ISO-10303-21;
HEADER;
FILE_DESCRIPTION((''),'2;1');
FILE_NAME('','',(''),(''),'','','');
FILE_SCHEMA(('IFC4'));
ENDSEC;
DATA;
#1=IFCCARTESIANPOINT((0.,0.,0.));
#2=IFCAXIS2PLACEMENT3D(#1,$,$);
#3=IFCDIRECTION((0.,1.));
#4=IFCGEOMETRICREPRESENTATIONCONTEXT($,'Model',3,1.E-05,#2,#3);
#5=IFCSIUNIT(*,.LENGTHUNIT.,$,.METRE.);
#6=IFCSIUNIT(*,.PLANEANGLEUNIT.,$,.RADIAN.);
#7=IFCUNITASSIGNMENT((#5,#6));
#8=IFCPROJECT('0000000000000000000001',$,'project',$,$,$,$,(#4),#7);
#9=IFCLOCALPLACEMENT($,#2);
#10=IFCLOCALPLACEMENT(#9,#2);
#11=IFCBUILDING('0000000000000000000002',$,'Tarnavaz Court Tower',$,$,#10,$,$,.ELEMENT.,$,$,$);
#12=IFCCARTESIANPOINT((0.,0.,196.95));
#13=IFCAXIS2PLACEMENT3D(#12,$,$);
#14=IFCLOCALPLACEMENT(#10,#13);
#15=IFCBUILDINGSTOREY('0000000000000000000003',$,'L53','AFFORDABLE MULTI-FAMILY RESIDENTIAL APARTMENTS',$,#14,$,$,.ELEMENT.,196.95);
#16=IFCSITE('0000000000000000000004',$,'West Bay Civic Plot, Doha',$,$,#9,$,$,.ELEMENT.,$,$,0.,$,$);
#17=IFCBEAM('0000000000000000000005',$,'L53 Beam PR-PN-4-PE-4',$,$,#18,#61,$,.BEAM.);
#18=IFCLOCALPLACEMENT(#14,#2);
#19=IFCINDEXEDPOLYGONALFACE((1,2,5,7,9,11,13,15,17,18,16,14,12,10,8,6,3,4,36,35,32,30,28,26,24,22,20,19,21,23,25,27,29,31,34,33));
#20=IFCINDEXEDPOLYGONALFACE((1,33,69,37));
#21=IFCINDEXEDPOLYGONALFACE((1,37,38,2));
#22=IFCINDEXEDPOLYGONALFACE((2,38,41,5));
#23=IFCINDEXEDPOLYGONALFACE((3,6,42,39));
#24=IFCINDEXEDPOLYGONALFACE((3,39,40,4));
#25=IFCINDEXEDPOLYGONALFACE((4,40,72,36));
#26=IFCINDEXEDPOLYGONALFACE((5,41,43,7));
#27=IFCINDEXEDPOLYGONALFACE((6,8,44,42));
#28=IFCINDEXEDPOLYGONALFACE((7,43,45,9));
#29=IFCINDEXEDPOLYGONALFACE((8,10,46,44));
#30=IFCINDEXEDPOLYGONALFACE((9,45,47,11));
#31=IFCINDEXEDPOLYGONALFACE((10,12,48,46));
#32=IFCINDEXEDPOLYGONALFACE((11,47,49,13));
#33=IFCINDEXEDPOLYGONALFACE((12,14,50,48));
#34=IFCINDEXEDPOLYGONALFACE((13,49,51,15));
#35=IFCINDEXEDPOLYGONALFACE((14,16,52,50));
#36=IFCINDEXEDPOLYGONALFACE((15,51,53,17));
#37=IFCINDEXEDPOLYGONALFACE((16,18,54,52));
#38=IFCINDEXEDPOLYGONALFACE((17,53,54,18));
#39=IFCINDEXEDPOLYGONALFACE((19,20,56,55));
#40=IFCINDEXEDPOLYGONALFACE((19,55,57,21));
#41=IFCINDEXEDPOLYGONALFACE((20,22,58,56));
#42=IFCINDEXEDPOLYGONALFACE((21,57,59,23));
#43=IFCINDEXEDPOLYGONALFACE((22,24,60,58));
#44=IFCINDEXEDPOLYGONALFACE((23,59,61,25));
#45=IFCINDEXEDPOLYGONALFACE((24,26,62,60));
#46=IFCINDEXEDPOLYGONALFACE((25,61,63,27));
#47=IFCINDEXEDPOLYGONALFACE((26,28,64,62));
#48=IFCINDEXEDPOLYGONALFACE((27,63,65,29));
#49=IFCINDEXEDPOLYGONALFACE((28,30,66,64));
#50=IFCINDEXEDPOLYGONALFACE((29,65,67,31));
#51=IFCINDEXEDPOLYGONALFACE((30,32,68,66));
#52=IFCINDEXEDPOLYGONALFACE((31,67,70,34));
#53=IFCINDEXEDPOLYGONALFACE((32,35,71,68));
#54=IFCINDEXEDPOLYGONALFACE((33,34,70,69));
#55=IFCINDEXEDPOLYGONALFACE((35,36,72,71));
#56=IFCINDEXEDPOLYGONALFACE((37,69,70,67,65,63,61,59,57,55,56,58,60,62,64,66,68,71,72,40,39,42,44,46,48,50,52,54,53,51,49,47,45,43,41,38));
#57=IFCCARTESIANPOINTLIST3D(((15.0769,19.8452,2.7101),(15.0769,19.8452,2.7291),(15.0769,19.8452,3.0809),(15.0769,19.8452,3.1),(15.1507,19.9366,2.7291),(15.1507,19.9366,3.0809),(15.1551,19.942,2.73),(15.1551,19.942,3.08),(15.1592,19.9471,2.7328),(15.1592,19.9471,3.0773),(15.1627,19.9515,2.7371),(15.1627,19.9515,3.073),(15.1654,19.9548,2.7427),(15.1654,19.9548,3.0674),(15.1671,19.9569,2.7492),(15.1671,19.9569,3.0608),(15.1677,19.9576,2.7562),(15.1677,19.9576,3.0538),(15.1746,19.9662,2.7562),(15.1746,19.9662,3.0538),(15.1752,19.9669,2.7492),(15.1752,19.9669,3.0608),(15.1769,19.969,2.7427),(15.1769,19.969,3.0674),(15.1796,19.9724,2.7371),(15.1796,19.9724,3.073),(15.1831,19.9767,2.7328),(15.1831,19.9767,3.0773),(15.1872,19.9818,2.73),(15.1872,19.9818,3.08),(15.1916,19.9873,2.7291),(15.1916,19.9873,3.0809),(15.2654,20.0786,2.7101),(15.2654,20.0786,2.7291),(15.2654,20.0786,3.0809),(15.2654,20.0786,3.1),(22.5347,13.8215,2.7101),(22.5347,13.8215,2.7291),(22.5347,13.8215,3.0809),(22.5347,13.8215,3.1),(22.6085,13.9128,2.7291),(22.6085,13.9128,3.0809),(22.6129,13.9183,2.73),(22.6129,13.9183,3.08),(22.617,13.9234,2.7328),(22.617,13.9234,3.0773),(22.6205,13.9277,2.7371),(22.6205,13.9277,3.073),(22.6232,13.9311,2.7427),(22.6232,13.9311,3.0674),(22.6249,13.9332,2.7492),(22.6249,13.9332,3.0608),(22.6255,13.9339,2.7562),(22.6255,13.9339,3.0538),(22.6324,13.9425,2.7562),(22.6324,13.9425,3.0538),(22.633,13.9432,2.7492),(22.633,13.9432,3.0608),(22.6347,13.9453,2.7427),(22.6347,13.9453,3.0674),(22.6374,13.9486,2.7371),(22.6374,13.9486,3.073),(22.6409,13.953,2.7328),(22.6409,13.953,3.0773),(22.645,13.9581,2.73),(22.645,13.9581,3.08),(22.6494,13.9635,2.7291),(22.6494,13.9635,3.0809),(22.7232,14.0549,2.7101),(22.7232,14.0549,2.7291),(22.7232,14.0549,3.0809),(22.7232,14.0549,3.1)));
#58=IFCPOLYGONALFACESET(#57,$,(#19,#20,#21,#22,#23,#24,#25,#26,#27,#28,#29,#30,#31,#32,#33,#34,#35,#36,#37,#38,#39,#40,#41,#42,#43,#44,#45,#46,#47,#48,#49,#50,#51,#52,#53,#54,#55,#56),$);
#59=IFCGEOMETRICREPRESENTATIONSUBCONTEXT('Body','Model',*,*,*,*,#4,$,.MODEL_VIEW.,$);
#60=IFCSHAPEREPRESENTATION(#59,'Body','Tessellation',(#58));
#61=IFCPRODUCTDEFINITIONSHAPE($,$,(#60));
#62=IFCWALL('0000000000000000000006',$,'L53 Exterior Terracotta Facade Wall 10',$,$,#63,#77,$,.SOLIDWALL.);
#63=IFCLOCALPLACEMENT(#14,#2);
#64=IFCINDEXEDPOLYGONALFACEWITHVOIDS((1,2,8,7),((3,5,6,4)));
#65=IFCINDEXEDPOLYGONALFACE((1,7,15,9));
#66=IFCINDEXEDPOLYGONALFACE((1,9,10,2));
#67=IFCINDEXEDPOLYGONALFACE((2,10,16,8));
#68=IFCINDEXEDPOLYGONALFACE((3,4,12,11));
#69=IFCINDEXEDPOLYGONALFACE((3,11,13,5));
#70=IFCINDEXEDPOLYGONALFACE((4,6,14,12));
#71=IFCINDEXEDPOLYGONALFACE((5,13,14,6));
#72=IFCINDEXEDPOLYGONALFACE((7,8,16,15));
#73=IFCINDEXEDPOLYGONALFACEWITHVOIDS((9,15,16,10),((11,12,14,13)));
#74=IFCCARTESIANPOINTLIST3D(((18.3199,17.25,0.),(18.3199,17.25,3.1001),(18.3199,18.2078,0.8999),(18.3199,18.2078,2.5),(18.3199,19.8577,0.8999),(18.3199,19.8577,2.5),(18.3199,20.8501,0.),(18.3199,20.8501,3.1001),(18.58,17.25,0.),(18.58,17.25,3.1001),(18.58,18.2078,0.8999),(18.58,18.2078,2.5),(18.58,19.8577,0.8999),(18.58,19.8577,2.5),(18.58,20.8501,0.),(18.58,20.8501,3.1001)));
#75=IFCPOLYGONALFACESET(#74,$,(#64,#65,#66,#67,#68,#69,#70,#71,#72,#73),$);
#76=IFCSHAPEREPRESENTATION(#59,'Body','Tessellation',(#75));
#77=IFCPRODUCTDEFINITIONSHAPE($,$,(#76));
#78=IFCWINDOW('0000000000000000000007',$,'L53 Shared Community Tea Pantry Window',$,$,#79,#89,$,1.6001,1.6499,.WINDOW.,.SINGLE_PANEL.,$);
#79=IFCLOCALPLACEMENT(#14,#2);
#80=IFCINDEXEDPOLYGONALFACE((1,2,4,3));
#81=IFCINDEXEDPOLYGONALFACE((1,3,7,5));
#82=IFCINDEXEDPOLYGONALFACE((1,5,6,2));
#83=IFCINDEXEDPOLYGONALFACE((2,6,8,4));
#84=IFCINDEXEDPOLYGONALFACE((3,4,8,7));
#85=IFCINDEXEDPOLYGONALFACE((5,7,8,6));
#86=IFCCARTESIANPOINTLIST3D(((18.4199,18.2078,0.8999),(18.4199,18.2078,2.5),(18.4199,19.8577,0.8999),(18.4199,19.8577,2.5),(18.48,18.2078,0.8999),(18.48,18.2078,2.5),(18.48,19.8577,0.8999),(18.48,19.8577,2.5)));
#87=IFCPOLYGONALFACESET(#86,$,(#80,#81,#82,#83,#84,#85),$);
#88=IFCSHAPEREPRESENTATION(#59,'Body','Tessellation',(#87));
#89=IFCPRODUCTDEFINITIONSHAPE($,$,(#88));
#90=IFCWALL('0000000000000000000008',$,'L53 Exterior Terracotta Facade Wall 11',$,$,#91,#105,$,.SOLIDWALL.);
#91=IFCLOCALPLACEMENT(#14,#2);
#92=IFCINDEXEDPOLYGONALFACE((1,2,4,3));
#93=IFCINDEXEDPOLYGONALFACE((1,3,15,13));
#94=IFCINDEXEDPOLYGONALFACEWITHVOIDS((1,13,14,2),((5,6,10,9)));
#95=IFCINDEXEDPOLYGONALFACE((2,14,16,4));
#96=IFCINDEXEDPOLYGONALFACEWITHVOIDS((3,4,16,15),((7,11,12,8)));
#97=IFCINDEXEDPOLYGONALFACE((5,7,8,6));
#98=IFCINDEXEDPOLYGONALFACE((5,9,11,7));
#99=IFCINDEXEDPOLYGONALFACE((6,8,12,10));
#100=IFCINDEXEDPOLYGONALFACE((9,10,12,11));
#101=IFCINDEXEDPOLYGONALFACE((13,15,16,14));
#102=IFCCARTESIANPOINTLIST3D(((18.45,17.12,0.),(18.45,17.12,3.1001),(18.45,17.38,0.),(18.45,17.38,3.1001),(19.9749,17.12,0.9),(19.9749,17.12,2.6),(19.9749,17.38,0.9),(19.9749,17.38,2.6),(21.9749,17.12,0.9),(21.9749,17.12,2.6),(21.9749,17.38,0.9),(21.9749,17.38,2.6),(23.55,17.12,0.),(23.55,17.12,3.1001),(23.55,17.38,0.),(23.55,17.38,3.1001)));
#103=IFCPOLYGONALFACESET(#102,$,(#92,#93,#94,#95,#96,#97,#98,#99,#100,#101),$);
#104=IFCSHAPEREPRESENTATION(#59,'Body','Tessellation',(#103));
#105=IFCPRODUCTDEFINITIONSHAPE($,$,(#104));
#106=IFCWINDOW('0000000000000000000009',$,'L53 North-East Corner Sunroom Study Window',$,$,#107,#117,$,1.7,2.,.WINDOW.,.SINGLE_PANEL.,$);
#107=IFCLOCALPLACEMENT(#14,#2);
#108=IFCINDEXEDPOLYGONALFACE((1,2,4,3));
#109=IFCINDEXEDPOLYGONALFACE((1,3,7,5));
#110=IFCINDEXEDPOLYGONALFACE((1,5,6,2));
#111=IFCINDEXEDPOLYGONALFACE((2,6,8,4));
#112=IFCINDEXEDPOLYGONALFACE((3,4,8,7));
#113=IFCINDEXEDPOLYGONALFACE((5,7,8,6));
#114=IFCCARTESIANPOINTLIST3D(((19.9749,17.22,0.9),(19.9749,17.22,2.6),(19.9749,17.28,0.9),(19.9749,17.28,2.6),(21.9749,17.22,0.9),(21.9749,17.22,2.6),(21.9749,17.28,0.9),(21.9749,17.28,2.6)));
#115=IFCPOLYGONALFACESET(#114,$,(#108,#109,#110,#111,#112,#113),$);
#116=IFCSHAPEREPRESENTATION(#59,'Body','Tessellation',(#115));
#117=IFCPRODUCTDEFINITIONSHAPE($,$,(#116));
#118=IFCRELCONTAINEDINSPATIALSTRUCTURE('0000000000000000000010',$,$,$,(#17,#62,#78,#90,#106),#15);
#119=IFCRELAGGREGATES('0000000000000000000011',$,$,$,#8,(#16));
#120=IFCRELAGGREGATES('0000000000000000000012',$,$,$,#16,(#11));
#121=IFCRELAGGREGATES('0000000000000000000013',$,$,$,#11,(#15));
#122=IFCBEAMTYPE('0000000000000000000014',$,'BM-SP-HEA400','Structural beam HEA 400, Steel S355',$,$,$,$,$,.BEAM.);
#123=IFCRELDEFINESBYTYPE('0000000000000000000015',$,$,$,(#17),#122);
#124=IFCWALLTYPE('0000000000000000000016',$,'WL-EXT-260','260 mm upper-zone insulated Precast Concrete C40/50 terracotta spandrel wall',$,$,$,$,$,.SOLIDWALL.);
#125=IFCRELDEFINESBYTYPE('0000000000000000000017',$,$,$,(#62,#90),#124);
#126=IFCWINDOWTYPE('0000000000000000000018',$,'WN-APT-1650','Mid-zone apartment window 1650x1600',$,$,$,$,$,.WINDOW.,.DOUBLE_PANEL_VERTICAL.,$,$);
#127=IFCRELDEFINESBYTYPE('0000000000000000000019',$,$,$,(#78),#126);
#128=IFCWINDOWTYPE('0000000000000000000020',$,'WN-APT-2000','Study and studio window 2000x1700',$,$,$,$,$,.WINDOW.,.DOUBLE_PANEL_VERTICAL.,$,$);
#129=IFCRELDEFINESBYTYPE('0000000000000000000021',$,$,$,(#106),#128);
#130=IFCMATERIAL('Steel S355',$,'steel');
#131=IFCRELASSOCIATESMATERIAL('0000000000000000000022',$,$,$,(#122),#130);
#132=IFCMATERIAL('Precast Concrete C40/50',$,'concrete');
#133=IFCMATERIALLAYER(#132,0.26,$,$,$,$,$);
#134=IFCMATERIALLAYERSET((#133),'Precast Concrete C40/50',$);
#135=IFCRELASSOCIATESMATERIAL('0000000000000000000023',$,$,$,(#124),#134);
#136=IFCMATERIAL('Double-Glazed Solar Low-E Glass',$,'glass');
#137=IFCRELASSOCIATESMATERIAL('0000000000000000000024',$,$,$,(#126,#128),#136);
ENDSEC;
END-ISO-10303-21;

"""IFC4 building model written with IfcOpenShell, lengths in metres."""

from ifc_helpers import new_model, si_unit, direction, frame, frame_2d, origin, origin_2d, place, context, subcontext, project, spatial, rectangle, i_section, extrude, material, layer, layer_set, material_profile, profile_set, type_object, element, fill, save


model = new_model("IFC4")

# Units and contexts
model_context = context("Model", 3, precision=1e-05, world=origin(), true_north=direction((0.0, 1.0)))
body_context = subcontext(model_context, "Body", "Model", "MODEL_VIEW")
ifc_project = project(units=[si_unit("LENGTHUNIT", "METRE"), si_unit("PLANEANGLEUNIT", "RADIAN")], contexts=[model_context])

# Site, building, storey
site_placement = place(None, origin())
site = spatial("IfcSite", under=ifc_project, at=site_placement, Name="West Bay Civic Plot, Doha", CompositionType="ELEMENT", RefElevation=0.0)
building_placement = place(site_placement, origin())
building = spatial("IfcBuilding", under=site, at=building_placement, Name="Tarnavaz Court Tower", CompositionType="ELEMENT")
storey_placement = place(building_placement, frame((0.0, 0.0, 196.95)))
storey = spatial("IfcBuildingStorey", under=building, at=storey_placement, Name="L53", Description="AFFORDABLE MULTI-FAMILY RESIDENTIAL APARTMENTS", CompositionType="ELEMENT", Elevation=196.95)

# Beam
ifc_material_1 = material(Name="Steel S355", Category="steel")
ifc_material_profile_1 = material_profile(ifc_material_1, i_section(OverallWidth=0.3, OverallDepth=0.3899, WebThickness=0.011, FlangeThickness=0.019, FilletRadius=0.0271, at=origin_2d()), Name="HEA 400")
ifc_profile_set_1 = profile_set([ifc_material_profile_1], Name="Steel S355")
beam_type_1 = type_object("IfcBeamType", Name="BM-SP-HEA400", Description="Structural beam HEA 400, Steel S355", PredefinedType="BEAM", material=ifc_profile_set_1)
beam_1_placement = place(storey_placement, frame((15.1711, 19.9619, 2.905), z_axis=(0.777936, -0.628344, 0.0), x_axis=(0.628344, 0.777936, 0.0)))
element("IfcBeam", 1, at=beam_1_placement, inside=storey, type_object=beam_type_1, Name="L53 Beam PR-PN-4-PE-4", PredefinedType="BEAM", context=body_context, shape_type="SweptSolid", body=[
    extrude(i_section(OverallWidth=0.3, OverallDepth=0.3899, WebThickness=0.011, FlangeThickness=0.019, FilletRadius=0.0271, at=origin_2d()), origin(), (0.0, 0.0, 1.0), 9.5867),
])

# Walls, openings, windows
ifc_material_2 = material(Name="Precast Concrete C40/50", Category="concrete")
ifc_layer_1 = layer(ifc_material_2, 0.26)
ifc_layer_set_1 = layer_set([ifc_layer_1], Name="Precast Concrete C40/50")
wall_type_1 = type_object("IfcWallType", Name="WL-EXT-260", Description="260 mm upper-zone insulated Precast Concrete C40/50 terracotta spandrel wall", PredefinedType="SOLIDWALL", material=ifc_layer_set_1)
wall_1_placement = place(storey_placement, frame((18.45, 20.8501, 0.0), z_axis=(0.0, 0.0, 1.0), x_axis=(0.0, -1.0, 0.0)))
wall_1 = element("IfcWall", 2, at=wall_1_placement, inside=storey, type_object=wall_type_1, Name="L53 Exterior Terracotta Facade Wall 10", PredefinedType="SOLIDWALL", context=body_context, shape_type="SweptSolid", body=[
    extrude(rectangle(XDim=3.6001, YDim=0.26, at=frame_2d((1.8, 0.0))), origin(), (0.0, 0.0, 1.0), 3.1001),
])
opening_1_placement = place(wall_1_placement, frame((0.9924, 0.0, 0.8999)))
opening_1 = element("IfcOpeningElement", 3, at=opening_1_placement, cuts=wall_1, PredefinedType="OPENING", context=body_context, shape_type="SweptSolid", body=[
    extrude(rectangle(XDim=1.6499, YDim=1.6001, at=frame_2d((0.825, 0.8))), frame((0.0, 0.1399, 0.0), z_axis=(0.0, -1.0, 0.0), x_axis=(1.0, 0.0, 0.0)), (0.0, 0.0, 1.0), 0.28),
])
ifc_material_3 = material(Name="Double-Glazed Solar Low-E Glass", Category="glass")
window_type_1 = type_object("IfcWindowType", Name="WN-APT-1650", Description="Mid-zone apartment window 1650x1600", PartitioningType="DOUBLE_PANEL_VERTICAL", PredefinedType="WINDOW", material=ifc_material_3)
window_1_placement = place(opening_1_placement, origin())
window_1 = element("IfcWindow", 4, at=window_1_placement, inside=storey, type_object=window_type_1, Name="L53 Shared Community Tea Pantry Window", OverallHeight=1.6001, OverallWidth=1.6499, PartitioningType="SINGLE_PANEL", PredefinedType="WINDOW", context=body_context, shape_type="SweptSolid", body=[
    extrude(rectangle(XDim=1.6499, YDim=1.6001, at=frame_2d((0.825, 0.8))), frame((0.0, 0.03, 0.0), z_axis=(0.0, -1.0, 0.0), x_axis=(1.0, 0.0, 0.0)), (0.0, 0.0, 1.0), 0.0601),
])
fill(opening_1, window_1)
wall_2_placement = place(storey_placement, frame((18.45, 17.25, 0.0), z_axis=(0.0, 0.0, 1.0), x_axis=(1.0, 0.0, 0.0)))
wall_2 = element("IfcWall", 5, at=wall_2_placement, inside=storey, type_object=wall_type_1, Name="L53 Exterior Terracotta Facade Wall 11", PredefinedType="SOLIDWALL", context=body_context, shape_type="SweptSolid", body=[
    extrude(rectangle(XDim=5.1001, YDim=0.26, at=frame_2d((2.55, 0.0))), origin(), (0.0, 0.0, 1.0), 3.1001),
])
opening_2_placement = place(wall_2_placement, frame((1.5249, 0.0, 0.8999)))
opening_2 = element("IfcOpeningElement", 6, at=opening_2_placement, cuts=wall_2, PredefinedType="OPENING", context=body_context, shape_type="SweptSolid", body=[
    extrude(rectangle(XDim=2.0, YDim=1.7, at=frame_2d((1.0, 0.8501))), frame((0.0, 0.1399, 0.0), z_axis=(0.0, -1.0, 0.0), x_axis=(1.0, 0.0, 0.0)), (0.0, 0.0, 1.0), 0.28),
])
window_type_2 = type_object("IfcWindowType", Name="WN-APT-2000", Description="Study and studio window 2000x1700", PartitioningType="DOUBLE_PANEL_VERTICAL", PredefinedType="WINDOW", material=ifc_material_3)
window_2_placement = place(opening_2_placement, origin())
window_2 = element("IfcWindow", 7, at=window_2_placement, inside=storey, type_object=window_type_2, Name="L53 North-East Corner Sunroom Study Window", OverallHeight=1.7, OverallWidth=2.0, PartitioningType="SINGLE_PANEL", PredefinedType="WINDOW", context=body_context, shape_type="SweptSolid", body=[
    extrude(rectangle(XDim=2.0, YDim=1.7, at=frame_2d((1.0, 0.8501))), frame((0.0, 0.03, 0.0), z_axis=(0.0, -1.0, 0.0), x_axis=(1.0, 0.0, 0.0)), (0.0, 0.0, 1.0), 0.0601),
])
fill(opening_2, window_2)

save(model, "model.ifc")
